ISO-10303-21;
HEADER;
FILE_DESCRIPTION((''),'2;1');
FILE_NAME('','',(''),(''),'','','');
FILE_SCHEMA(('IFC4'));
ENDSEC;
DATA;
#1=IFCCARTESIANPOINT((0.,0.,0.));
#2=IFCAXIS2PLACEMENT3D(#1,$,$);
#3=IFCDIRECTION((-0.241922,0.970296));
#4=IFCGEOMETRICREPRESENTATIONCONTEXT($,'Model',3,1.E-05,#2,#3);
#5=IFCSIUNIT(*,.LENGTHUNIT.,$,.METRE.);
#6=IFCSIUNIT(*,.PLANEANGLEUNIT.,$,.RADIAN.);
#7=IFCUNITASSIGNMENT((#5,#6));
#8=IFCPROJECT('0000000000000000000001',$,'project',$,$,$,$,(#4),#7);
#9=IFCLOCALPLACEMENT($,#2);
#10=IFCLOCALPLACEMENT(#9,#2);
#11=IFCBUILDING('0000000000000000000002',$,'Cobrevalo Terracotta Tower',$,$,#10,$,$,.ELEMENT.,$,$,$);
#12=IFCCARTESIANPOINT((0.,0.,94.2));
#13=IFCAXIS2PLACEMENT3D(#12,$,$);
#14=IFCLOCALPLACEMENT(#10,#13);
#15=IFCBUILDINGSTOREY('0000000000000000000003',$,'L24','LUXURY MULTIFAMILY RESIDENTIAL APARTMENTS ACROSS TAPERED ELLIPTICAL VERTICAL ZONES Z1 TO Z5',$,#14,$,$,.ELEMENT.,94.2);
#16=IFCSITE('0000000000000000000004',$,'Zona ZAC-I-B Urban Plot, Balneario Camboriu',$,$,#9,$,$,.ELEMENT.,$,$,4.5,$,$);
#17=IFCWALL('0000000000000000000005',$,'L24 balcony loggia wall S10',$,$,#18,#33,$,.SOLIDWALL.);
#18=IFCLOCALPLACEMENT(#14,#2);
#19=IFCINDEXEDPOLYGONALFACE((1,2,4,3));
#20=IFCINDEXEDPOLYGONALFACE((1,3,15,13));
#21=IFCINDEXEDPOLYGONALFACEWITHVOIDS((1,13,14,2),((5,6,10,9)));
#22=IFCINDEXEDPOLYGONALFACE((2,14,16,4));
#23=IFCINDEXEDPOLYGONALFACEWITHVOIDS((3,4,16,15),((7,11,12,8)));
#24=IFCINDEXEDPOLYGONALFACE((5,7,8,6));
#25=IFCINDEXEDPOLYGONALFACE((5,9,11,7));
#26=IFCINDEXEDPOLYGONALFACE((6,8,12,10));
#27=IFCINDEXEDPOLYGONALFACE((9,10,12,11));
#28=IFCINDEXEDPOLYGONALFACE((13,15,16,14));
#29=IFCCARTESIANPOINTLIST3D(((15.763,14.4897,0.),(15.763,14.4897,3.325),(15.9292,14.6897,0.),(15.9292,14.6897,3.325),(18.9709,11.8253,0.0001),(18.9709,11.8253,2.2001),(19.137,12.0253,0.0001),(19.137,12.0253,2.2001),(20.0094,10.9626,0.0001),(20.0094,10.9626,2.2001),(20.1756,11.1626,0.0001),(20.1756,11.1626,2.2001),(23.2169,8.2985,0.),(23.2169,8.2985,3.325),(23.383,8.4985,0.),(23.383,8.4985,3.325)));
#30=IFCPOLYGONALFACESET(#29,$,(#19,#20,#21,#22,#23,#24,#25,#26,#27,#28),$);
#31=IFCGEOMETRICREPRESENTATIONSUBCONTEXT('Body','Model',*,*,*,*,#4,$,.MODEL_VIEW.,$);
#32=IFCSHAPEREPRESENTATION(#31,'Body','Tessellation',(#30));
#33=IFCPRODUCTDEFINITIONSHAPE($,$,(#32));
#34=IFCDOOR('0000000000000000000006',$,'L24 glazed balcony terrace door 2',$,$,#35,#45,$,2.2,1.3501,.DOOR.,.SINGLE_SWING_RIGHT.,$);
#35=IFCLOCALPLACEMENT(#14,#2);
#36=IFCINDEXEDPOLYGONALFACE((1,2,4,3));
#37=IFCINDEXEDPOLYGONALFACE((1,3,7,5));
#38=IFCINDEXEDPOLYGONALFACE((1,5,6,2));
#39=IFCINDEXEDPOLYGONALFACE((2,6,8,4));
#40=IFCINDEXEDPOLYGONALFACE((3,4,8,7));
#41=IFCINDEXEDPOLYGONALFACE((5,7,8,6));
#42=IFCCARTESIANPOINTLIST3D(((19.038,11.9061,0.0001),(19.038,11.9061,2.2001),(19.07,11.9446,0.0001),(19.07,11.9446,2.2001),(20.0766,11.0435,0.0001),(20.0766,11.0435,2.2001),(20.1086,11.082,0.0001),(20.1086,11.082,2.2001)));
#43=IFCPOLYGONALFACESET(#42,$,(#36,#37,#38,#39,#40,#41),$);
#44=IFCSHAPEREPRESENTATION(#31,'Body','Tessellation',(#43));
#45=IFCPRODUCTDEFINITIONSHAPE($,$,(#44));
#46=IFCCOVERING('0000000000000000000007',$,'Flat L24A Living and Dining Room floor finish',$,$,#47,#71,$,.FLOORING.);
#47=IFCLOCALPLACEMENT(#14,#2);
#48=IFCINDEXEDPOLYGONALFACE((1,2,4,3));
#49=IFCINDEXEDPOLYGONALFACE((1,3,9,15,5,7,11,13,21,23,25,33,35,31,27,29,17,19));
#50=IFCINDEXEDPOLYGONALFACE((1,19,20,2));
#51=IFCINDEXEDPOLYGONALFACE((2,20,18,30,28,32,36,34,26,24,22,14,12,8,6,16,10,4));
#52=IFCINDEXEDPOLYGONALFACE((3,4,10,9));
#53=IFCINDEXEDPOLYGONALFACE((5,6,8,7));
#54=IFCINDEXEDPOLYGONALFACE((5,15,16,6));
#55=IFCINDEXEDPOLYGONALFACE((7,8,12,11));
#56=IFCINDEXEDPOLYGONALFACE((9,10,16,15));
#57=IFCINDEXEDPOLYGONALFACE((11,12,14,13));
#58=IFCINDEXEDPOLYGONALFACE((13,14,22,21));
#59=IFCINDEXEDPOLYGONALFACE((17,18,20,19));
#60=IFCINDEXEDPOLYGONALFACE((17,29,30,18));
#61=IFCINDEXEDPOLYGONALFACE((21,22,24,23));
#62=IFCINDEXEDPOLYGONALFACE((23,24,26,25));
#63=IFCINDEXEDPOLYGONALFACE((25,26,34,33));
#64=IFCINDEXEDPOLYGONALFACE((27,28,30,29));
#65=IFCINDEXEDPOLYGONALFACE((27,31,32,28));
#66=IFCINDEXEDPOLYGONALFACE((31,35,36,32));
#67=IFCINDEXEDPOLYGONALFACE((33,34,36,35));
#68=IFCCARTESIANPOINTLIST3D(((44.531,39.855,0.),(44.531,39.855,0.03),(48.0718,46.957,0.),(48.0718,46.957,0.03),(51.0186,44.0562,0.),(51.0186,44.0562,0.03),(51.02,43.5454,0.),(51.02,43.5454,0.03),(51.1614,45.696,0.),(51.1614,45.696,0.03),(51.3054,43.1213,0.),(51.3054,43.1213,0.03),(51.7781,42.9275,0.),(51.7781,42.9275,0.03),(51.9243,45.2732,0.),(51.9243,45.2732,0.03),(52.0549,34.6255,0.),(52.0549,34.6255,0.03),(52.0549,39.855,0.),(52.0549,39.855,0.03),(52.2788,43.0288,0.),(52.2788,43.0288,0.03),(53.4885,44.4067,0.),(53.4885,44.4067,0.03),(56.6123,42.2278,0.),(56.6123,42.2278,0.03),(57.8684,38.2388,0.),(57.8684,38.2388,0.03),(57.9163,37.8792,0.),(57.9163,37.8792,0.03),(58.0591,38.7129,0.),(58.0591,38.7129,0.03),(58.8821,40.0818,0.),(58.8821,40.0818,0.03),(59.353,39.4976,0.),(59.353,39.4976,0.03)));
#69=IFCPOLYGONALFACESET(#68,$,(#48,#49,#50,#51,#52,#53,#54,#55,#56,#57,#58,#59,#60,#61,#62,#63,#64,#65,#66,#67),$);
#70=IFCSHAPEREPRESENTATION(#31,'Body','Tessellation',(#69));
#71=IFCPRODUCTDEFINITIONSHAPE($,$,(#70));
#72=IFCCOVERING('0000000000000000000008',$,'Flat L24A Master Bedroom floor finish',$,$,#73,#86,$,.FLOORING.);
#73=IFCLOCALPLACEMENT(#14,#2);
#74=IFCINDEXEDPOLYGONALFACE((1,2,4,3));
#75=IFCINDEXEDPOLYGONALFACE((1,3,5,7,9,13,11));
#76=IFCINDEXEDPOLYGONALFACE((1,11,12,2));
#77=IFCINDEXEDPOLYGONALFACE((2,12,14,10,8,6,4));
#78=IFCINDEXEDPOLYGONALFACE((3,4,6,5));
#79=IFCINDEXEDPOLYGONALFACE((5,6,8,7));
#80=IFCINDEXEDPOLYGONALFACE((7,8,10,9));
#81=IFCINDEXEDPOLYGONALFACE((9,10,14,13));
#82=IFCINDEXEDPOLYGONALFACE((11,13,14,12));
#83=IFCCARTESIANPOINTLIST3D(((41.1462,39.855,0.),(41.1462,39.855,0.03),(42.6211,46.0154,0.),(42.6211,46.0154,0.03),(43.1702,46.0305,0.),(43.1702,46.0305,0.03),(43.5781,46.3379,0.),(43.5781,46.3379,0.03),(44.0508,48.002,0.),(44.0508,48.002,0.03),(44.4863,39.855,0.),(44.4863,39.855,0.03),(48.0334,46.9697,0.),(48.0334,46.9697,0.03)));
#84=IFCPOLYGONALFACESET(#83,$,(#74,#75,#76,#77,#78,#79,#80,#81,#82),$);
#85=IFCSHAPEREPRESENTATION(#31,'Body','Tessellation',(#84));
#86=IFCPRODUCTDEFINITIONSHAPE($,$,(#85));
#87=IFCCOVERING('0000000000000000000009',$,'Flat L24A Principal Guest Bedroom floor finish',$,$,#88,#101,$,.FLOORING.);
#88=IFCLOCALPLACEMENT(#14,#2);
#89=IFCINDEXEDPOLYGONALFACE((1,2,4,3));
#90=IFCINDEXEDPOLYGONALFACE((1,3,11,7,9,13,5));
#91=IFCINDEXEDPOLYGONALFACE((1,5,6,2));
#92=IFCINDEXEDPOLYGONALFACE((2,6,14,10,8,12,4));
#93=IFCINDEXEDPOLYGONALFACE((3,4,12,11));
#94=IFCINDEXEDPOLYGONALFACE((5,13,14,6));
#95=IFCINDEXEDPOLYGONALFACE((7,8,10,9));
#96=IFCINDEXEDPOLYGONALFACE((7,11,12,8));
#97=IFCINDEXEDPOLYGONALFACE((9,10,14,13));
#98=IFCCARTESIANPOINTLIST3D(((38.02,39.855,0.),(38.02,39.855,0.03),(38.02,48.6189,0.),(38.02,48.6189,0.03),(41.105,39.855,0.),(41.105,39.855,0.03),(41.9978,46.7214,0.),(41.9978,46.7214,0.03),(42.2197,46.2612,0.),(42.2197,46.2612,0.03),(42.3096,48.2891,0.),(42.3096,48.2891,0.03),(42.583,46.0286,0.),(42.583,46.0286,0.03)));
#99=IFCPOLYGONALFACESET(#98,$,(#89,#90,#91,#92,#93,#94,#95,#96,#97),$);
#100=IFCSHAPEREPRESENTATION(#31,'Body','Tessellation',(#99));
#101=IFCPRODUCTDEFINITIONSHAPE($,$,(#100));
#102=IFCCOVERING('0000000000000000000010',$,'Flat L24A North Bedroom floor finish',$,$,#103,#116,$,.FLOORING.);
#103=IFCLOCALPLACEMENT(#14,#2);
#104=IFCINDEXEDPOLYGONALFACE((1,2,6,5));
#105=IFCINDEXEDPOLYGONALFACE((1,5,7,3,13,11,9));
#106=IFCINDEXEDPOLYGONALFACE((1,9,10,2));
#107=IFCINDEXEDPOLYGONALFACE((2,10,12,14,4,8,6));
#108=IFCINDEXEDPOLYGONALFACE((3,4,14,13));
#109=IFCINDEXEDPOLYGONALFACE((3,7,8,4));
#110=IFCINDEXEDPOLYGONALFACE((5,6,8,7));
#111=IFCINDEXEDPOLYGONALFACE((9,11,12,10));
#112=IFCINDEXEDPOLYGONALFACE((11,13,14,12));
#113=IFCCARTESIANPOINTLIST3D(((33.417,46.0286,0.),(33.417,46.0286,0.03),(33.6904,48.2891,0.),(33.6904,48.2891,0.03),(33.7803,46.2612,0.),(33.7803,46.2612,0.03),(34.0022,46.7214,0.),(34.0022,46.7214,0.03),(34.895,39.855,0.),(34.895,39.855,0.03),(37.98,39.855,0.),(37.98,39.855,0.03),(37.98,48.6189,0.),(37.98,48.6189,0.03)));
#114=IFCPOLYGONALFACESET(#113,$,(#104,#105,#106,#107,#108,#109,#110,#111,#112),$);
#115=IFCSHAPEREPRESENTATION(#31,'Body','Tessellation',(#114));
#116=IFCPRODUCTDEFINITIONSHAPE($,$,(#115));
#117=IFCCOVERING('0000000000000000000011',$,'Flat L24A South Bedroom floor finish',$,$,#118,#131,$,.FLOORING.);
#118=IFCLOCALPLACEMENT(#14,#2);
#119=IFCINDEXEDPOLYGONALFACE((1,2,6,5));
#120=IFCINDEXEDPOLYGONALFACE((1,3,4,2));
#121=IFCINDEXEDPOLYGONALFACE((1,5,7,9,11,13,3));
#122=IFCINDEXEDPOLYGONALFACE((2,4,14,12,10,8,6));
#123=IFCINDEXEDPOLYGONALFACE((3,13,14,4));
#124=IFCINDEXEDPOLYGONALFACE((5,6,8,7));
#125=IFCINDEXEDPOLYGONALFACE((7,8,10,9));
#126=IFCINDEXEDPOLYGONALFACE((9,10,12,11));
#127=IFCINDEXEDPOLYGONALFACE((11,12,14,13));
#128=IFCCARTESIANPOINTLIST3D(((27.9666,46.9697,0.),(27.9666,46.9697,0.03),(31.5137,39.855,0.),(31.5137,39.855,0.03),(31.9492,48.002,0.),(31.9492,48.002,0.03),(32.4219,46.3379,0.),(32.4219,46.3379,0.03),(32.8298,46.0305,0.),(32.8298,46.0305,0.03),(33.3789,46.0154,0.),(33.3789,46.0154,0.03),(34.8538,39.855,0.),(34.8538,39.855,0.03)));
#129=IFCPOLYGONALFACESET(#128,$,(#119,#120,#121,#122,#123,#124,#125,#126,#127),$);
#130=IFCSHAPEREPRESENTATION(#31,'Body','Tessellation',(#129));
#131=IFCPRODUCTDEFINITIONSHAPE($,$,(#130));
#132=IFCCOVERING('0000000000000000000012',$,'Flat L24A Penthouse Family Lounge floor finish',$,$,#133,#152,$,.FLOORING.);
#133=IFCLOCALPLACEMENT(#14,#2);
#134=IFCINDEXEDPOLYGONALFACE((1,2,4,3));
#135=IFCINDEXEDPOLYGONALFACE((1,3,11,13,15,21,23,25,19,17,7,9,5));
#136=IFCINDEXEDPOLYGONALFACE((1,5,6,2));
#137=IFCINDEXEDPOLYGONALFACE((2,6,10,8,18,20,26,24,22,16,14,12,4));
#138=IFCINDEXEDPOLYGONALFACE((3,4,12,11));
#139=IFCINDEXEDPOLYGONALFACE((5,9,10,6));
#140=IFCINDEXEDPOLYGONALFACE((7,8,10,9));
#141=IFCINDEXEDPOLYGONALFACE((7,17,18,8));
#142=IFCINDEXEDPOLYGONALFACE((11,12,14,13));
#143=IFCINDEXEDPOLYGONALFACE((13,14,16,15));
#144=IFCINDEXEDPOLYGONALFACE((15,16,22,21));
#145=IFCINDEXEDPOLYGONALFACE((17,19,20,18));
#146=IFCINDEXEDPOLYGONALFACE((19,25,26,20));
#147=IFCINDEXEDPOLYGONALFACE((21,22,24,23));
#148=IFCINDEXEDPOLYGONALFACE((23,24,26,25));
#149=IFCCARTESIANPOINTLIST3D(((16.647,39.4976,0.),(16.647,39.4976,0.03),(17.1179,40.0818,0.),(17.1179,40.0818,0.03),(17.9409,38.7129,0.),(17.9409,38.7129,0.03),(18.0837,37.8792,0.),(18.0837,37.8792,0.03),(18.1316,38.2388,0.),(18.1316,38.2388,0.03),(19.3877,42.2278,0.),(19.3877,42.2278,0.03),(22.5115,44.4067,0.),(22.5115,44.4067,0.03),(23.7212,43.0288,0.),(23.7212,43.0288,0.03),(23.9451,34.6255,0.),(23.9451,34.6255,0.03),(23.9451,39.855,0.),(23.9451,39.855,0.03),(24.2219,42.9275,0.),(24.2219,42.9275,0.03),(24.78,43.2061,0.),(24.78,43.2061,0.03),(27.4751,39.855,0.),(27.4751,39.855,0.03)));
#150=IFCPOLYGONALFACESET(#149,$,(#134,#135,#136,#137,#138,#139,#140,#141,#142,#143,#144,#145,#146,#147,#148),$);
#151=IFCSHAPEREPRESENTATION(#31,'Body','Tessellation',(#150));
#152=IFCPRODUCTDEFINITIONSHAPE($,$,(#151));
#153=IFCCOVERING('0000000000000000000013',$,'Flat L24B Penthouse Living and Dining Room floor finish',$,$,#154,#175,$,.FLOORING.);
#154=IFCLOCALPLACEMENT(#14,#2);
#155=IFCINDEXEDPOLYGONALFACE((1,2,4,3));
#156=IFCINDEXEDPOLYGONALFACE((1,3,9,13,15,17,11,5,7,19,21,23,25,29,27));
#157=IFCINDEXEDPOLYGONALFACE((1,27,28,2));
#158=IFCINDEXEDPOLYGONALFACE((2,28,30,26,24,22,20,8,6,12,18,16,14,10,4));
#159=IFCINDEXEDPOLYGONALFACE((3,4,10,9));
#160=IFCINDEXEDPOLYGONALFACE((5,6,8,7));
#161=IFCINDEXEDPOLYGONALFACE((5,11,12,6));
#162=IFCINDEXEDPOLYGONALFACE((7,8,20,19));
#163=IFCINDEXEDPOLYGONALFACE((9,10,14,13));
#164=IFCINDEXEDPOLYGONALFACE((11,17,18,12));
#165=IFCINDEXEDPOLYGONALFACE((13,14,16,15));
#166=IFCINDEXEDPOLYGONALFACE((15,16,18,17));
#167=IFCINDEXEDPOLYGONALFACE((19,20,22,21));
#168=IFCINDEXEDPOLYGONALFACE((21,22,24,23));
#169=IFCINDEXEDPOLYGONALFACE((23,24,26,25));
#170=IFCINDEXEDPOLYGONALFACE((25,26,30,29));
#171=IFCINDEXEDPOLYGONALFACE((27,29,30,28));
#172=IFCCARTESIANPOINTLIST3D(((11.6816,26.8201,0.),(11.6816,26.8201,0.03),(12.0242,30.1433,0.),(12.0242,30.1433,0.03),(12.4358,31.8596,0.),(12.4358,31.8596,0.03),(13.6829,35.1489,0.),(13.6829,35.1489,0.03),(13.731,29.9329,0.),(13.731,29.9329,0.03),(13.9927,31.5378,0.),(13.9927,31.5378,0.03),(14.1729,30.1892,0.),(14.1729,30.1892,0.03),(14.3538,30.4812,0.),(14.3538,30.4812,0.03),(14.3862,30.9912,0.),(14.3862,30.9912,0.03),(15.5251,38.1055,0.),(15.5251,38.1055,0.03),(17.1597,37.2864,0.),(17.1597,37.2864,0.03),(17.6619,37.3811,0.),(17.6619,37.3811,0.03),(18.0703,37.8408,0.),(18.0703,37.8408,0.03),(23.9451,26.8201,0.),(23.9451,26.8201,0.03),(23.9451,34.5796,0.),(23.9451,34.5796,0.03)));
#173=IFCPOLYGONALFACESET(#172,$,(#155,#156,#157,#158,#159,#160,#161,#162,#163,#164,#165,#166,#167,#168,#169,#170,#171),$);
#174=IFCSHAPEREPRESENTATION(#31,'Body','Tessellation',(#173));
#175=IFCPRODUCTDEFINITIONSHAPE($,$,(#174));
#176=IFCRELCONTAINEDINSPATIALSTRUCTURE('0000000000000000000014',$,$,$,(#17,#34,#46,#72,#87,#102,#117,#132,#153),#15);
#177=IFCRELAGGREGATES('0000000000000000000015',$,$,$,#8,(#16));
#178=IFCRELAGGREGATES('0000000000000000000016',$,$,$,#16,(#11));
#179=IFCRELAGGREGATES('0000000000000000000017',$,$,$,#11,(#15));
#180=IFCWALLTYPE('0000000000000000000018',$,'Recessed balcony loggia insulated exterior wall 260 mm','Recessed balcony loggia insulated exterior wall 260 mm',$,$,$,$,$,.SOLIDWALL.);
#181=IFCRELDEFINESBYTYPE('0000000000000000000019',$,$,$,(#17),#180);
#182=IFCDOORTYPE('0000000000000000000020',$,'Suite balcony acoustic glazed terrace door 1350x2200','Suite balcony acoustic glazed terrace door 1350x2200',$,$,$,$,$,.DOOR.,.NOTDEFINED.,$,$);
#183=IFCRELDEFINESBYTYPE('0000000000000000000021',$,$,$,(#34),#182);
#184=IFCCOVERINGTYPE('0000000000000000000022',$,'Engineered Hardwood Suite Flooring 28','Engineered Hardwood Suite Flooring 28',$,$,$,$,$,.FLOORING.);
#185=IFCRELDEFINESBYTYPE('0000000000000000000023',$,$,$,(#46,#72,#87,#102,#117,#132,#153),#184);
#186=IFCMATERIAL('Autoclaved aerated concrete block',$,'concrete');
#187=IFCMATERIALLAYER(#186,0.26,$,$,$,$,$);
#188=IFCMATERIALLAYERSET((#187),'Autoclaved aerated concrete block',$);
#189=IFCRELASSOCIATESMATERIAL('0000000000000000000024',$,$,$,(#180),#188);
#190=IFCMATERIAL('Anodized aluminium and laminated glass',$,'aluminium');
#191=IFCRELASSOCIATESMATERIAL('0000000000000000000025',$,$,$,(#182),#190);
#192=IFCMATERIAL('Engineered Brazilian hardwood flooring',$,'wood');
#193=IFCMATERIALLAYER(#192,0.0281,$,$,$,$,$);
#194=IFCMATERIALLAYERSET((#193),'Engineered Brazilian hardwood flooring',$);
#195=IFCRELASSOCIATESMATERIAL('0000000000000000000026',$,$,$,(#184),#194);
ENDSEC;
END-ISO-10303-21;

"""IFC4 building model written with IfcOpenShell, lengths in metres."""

from ifc_helpers import new_model, si_unit, direction, frame, frame_2d, origin, place, context, subcontext, project, spatial, polyline, rectangle, outline, extrude, source, transform, mapped, material, layer, layer_set, type_object, element, fill, save


model = new_model("IFC4")

# Units and contexts
model_context = context("Model", 3, precision=1e-05, world=origin(), true_north=direction((-0.241922, 0.970296)))
body_context = subcontext(model_context, "Body", "Model", "MODEL_VIEW")
ifc_project = project(units=[si_unit("LENGTHUNIT", "METRE"), si_unit("PLANEANGLEUNIT", "RADIAN")], contexts=[model_context])

# Site, building, storey
site_placement = place(None, origin())
site = spatial("IfcSite", under=ifc_project, at=site_placement, Name="Zona ZAC-I-B Urban Plot, Balneario Camboriu", CompositionType="ELEMENT", RefElevation=4.5)
building_placement = place(site_placement, origin())
building = spatial("IfcBuilding", under=site, at=building_placement, Name="Cobrevalo Terracotta Tower", CompositionType="ELEMENT")
storey_placement = place(building_placement, frame((0.0, 0.0, 94.2)))
storey = spatial("IfcBuildingStorey", under=building, at=storey_placement, Name="L24", Description="LUXURY MULTIFAMILY RESIDENTIAL APARTMENTS ACROSS TAPERED ELLIPTICAL VERTICAL ZONES Z1 TO Z5", CompositionType="ELEMENT", Elevation=94.2)

# Wall, opening, door
ifc_material_1 = material(Name="Autoclaved aerated concrete block", Category="concrete")
ifc_layer_1 = layer(ifc_material_1, 0.26)
ifc_layer_set_1 = layer_set([ifc_layer_1], Name="Autoclaved aerated concrete block")
wall_type = type_object("IfcWallType", Name="Recessed balcony loggia insulated exterior wall 260 mm", Description="Recessed balcony loggia insulated exterior wall 260 mm", PredefinedType="SOLIDWALL", material=ifc_layer_set_1)
wall_placement = place(storey_placement, frame((15.8462, 14.5896, 0.0), z_axis=(0.0, 0.0, 1.0), x_axis=(0.769255, -0.638942, 0.0)))
wall = element("IfcWall", 1, at=wall_placement, inside=storey, type_object=wall_type, Name="L24 balcony loggia wall S10", PredefinedType="SOLIDWALL", context=body_context, shape_type="SweptSolid", body=[
    extrude(rectangle(XDim=9.6897, YDim=0.26, at=frame_2d((4.8447, 0.0))), origin(), (0.0, 0.0, 1.0), 3.325),
])
opening_placement = place(wall_placement, frame((4.1699, 0.0, 0.0)))
opening = element("IfcOpeningElement", 2, at=opening_placement, cuts=wall, PredefinedType="OPENING", context=body_context, shape_type="SweptSolid", body=[
    extrude(rectangle(XDim=1.3501, YDim=2.2, at=frame_2d((0.675, 1.1001))), frame((0.0, 0.1401, 0.0), z_axis=(0.0, -1.0, 0.0), x_axis=(1.0, 0.0, 0.0)), (0.0, 0.0, 1.0), 0.28),
])
ifc_material_2 = material(Name="Anodized aluminium and laminated glass", Category="aluminium")
door_type = type_object("IfcDoorType", Name="Suite balcony acoustic glazed terrace door 1350x2200", Description="Suite balcony acoustic glazed terrace door 1350x2200", OperationType="NOTDEFINED", PredefinedType="DOOR", material=ifc_material_2)
shared_shape_1 = source(origin(), body_context, "Body", "SweptSolid", [
    extrude(rectangle(XDim=1.3501, YDim=2.2, at=frame_2d((0.675, 1.1001))), frame((0.0, 0.0249, 0.0), z_axis=(0.0, -1.0, 0.0), x_axis=(1.0, 0.0, 0.0)), (0.0, 0.0, 1.0), 0.05),
])
door_placement = place(opening_placement, frame((1.3501, 0.0, 0.0), z_axis=(0.0, 0.0, 1.0), x_axis=(-1.0, 0.0, 0.0)))
door = element("IfcDoor", 3, at=door_placement, inside=storey, type_object=door_type, Name="L24 glazed balcony terrace door 2", OperationType="SINGLE_SWING_RIGHT", OverallHeight=2.2, OverallWidth=1.3501, PredefinedType="DOOR", context=body_context, shape_type="MappedRepresentation", body=[
    mapped(shared_shape_1, transform((0.0, 0.0, 0.0), scale=1.0)),
])
fill(opening, door)

# Coverings
ifc_material_3 = material(Name="Engineered Brazilian hardwood flooring", Category="wood")
ifc_layer_2 = layer(ifc_material_3, 0.0281)
ifc_layer_set_2 = layer_set([ifc_layer_2], Name="Engineered Brazilian hardwood flooring")
covering_type_1 = type_object("IfcCoveringType", Name="Engineered Hardwood Suite Flooring 28", Description="Engineered Hardwood Suite Flooring 28", PredefinedType="FLOORING", material=ifc_layer_set_2)
covering_1_placement = place(storey_placement, origin())
element("IfcCovering", 4, at=covering_1_placement, inside=storey, type_object=covering_type_1, Name="Flat L24A Living and Dining Room floor finish", PredefinedType="FLOORING", context=body_context, shape_type="SweptSolid", body=[
    extrude(outline(polyline([(51.1614, 45.696), (51.9243, 45.2732), (51.0186, 44.0562), (51.02, 43.5454), (51.3054, 43.1213), (51.7781, 42.9275), (52.2788, 43.0288), (53.4885, 44.4067), (56.6123, 42.2278), (58.8821, 40.0818), (59.353, 39.4976), (58.0591, 38.7129), (57.8684, 38.2388), (57.9163, 37.8792), (52.0549, 34.6255), (52.0549, 39.855), (44.531, 39.855), (48.0718, 46.957), (51.1614, 45.696)])), origin(), (0.0, 0.0, 1.0), 0.03),
])
covering_2_placement = place(storey_placement, origin())
element("IfcCovering", 5, at=covering_2_placement, inside=storey, type_object=covering_type_1, Name="Flat L24A Master Bedroom floor finish", PredefinedType="FLOORING", context=body_context, shape_type="SweptSolid", body=[
    extrude(outline(polyline([(48.0334, 46.9697), (44.4863, 39.855), (41.1462, 39.855), (42.6211, 46.0154), (43.1702, 46.0305), (43.5781, 46.3379), (44.0508, 48.002), (48.0334, 46.9697)])), origin(), (0.0, 0.0, 1.0), 0.03),
])
covering_3_placement = place(storey_placement, origin())
element("IfcCovering", 6, at=covering_3_placement, inside=storey, type_object=covering_type_1, Name="Flat L24A Principal Guest Bedroom floor finish", PredefinedType="FLOORING", context=body_context, shape_type="SweptSolid", body=[
    extrude(outline(polyline([(42.3096, 48.2891), (41.9978, 46.7214), (42.2197, 46.2612), (42.583, 46.0286), (41.105, 39.855), (38.02, 39.855), (38.02, 48.6189), (42.3096, 48.2891)])), origin(), (0.0, 0.0, 1.0), 0.03),
])
covering_4_placement = place(storey_placement, origin())
element("IfcCovering", 7, at=covering_4_placement, inside=storey, type_object=covering_type_1, Name="Flat L24A North Bedroom floor finish", PredefinedType="FLOORING", context=body_context, shape_type="SweptSolid", body=[
    extrude(outline(polyline([(37.98, 48.6189), (37.98, 39.855), (34.895, 39.855), (33.417, 46.0286), (33.7803, 46.2612), (34.0022, 46.7214), (33.6904, 48.2891), (37.98, 48.6189)])), origin(), (0.0, 0.0, 1.0), 0.03),
])
covering_5_placement = place(storey_placement, origin())
element("IfcCovering", 8, at=covering_5_placement, inside=storey, type_object=covering_type_1, Name="Flat L24A South Bedroom floor finish", PredefinedType="FLOORING", context=body_context, shape_type="SweptSolid", body=[
    extrude(outline(polyline([(31.9492, 48.002), (32.4219, 46.3379), (32.8298, 46.0305), (33.3789, 46.0154), (34.8538, 39.855), (31.5137, 39.855), (27.9666, 46.9697), (31.9492, 48.002)])), origin(), (0.0, 0.0, 1.0), 0.03),
])
covering_6_placement = place(storey_placement, origin())
element("IfcCovering", 9, at=covering_6_placement, inside=storey, type_object=covering_type_1, Name="Flat L24A Penthouse Family Lounge floor finish", PredefinedType="FLOORING", context=body_context, shape_type="SweptSolid", body=[
    extrude(outline(polyline([(22.5115, 44.4067), (23.7212, 43.0288), (24.2219, 42.9275), (24.78, 43.2061), (27.4751, 39.855), (23.9451, 39.855), (23.9451, 34.6255), (18.0837, 37.8792), (18.1316, 38.2388), (17.9409, 38.7129), (16.647, 39.4976), (17.1179, 40.0818), (19.3877, 42.2278), (22.5115, 44.4067)])), origin(), (0.0, 0.0, 1.0), 0.03),
])
covering_7_placement = place(storey_placement, origin())
element("IfcCovering", 10, at=covering_7_placement, inside=storey, type_object=covering_type_1, Name="Flat L24B Penthouse Living and Dining Room floor finish", PredefinedType="FLOORING", context=body_context, shape_type="SweptSolid", body=[
    extrude(outline(polyline([(12.0242, 30.1433), (13.731, 29.9329), (14.1729, 30.1892), (14.3538, 30.4812), (14.3862, 30.9912), (13.9927, 31.5378), (12.4358, 31.8596), (13.6829, 35.1489), (15.5251, 38.1055), (17.1597, 37.2864), (17.6619, 37.3811), (18.0703, 37.8408), (23.9451, 34.5796), (23.9451, 26.8201), (11.6816, 26.8201), (12.0242, 30.1433)])), origin(), (0.0, 0.0, 1.0), 0.03),
])

save(model, "model.ifc")
